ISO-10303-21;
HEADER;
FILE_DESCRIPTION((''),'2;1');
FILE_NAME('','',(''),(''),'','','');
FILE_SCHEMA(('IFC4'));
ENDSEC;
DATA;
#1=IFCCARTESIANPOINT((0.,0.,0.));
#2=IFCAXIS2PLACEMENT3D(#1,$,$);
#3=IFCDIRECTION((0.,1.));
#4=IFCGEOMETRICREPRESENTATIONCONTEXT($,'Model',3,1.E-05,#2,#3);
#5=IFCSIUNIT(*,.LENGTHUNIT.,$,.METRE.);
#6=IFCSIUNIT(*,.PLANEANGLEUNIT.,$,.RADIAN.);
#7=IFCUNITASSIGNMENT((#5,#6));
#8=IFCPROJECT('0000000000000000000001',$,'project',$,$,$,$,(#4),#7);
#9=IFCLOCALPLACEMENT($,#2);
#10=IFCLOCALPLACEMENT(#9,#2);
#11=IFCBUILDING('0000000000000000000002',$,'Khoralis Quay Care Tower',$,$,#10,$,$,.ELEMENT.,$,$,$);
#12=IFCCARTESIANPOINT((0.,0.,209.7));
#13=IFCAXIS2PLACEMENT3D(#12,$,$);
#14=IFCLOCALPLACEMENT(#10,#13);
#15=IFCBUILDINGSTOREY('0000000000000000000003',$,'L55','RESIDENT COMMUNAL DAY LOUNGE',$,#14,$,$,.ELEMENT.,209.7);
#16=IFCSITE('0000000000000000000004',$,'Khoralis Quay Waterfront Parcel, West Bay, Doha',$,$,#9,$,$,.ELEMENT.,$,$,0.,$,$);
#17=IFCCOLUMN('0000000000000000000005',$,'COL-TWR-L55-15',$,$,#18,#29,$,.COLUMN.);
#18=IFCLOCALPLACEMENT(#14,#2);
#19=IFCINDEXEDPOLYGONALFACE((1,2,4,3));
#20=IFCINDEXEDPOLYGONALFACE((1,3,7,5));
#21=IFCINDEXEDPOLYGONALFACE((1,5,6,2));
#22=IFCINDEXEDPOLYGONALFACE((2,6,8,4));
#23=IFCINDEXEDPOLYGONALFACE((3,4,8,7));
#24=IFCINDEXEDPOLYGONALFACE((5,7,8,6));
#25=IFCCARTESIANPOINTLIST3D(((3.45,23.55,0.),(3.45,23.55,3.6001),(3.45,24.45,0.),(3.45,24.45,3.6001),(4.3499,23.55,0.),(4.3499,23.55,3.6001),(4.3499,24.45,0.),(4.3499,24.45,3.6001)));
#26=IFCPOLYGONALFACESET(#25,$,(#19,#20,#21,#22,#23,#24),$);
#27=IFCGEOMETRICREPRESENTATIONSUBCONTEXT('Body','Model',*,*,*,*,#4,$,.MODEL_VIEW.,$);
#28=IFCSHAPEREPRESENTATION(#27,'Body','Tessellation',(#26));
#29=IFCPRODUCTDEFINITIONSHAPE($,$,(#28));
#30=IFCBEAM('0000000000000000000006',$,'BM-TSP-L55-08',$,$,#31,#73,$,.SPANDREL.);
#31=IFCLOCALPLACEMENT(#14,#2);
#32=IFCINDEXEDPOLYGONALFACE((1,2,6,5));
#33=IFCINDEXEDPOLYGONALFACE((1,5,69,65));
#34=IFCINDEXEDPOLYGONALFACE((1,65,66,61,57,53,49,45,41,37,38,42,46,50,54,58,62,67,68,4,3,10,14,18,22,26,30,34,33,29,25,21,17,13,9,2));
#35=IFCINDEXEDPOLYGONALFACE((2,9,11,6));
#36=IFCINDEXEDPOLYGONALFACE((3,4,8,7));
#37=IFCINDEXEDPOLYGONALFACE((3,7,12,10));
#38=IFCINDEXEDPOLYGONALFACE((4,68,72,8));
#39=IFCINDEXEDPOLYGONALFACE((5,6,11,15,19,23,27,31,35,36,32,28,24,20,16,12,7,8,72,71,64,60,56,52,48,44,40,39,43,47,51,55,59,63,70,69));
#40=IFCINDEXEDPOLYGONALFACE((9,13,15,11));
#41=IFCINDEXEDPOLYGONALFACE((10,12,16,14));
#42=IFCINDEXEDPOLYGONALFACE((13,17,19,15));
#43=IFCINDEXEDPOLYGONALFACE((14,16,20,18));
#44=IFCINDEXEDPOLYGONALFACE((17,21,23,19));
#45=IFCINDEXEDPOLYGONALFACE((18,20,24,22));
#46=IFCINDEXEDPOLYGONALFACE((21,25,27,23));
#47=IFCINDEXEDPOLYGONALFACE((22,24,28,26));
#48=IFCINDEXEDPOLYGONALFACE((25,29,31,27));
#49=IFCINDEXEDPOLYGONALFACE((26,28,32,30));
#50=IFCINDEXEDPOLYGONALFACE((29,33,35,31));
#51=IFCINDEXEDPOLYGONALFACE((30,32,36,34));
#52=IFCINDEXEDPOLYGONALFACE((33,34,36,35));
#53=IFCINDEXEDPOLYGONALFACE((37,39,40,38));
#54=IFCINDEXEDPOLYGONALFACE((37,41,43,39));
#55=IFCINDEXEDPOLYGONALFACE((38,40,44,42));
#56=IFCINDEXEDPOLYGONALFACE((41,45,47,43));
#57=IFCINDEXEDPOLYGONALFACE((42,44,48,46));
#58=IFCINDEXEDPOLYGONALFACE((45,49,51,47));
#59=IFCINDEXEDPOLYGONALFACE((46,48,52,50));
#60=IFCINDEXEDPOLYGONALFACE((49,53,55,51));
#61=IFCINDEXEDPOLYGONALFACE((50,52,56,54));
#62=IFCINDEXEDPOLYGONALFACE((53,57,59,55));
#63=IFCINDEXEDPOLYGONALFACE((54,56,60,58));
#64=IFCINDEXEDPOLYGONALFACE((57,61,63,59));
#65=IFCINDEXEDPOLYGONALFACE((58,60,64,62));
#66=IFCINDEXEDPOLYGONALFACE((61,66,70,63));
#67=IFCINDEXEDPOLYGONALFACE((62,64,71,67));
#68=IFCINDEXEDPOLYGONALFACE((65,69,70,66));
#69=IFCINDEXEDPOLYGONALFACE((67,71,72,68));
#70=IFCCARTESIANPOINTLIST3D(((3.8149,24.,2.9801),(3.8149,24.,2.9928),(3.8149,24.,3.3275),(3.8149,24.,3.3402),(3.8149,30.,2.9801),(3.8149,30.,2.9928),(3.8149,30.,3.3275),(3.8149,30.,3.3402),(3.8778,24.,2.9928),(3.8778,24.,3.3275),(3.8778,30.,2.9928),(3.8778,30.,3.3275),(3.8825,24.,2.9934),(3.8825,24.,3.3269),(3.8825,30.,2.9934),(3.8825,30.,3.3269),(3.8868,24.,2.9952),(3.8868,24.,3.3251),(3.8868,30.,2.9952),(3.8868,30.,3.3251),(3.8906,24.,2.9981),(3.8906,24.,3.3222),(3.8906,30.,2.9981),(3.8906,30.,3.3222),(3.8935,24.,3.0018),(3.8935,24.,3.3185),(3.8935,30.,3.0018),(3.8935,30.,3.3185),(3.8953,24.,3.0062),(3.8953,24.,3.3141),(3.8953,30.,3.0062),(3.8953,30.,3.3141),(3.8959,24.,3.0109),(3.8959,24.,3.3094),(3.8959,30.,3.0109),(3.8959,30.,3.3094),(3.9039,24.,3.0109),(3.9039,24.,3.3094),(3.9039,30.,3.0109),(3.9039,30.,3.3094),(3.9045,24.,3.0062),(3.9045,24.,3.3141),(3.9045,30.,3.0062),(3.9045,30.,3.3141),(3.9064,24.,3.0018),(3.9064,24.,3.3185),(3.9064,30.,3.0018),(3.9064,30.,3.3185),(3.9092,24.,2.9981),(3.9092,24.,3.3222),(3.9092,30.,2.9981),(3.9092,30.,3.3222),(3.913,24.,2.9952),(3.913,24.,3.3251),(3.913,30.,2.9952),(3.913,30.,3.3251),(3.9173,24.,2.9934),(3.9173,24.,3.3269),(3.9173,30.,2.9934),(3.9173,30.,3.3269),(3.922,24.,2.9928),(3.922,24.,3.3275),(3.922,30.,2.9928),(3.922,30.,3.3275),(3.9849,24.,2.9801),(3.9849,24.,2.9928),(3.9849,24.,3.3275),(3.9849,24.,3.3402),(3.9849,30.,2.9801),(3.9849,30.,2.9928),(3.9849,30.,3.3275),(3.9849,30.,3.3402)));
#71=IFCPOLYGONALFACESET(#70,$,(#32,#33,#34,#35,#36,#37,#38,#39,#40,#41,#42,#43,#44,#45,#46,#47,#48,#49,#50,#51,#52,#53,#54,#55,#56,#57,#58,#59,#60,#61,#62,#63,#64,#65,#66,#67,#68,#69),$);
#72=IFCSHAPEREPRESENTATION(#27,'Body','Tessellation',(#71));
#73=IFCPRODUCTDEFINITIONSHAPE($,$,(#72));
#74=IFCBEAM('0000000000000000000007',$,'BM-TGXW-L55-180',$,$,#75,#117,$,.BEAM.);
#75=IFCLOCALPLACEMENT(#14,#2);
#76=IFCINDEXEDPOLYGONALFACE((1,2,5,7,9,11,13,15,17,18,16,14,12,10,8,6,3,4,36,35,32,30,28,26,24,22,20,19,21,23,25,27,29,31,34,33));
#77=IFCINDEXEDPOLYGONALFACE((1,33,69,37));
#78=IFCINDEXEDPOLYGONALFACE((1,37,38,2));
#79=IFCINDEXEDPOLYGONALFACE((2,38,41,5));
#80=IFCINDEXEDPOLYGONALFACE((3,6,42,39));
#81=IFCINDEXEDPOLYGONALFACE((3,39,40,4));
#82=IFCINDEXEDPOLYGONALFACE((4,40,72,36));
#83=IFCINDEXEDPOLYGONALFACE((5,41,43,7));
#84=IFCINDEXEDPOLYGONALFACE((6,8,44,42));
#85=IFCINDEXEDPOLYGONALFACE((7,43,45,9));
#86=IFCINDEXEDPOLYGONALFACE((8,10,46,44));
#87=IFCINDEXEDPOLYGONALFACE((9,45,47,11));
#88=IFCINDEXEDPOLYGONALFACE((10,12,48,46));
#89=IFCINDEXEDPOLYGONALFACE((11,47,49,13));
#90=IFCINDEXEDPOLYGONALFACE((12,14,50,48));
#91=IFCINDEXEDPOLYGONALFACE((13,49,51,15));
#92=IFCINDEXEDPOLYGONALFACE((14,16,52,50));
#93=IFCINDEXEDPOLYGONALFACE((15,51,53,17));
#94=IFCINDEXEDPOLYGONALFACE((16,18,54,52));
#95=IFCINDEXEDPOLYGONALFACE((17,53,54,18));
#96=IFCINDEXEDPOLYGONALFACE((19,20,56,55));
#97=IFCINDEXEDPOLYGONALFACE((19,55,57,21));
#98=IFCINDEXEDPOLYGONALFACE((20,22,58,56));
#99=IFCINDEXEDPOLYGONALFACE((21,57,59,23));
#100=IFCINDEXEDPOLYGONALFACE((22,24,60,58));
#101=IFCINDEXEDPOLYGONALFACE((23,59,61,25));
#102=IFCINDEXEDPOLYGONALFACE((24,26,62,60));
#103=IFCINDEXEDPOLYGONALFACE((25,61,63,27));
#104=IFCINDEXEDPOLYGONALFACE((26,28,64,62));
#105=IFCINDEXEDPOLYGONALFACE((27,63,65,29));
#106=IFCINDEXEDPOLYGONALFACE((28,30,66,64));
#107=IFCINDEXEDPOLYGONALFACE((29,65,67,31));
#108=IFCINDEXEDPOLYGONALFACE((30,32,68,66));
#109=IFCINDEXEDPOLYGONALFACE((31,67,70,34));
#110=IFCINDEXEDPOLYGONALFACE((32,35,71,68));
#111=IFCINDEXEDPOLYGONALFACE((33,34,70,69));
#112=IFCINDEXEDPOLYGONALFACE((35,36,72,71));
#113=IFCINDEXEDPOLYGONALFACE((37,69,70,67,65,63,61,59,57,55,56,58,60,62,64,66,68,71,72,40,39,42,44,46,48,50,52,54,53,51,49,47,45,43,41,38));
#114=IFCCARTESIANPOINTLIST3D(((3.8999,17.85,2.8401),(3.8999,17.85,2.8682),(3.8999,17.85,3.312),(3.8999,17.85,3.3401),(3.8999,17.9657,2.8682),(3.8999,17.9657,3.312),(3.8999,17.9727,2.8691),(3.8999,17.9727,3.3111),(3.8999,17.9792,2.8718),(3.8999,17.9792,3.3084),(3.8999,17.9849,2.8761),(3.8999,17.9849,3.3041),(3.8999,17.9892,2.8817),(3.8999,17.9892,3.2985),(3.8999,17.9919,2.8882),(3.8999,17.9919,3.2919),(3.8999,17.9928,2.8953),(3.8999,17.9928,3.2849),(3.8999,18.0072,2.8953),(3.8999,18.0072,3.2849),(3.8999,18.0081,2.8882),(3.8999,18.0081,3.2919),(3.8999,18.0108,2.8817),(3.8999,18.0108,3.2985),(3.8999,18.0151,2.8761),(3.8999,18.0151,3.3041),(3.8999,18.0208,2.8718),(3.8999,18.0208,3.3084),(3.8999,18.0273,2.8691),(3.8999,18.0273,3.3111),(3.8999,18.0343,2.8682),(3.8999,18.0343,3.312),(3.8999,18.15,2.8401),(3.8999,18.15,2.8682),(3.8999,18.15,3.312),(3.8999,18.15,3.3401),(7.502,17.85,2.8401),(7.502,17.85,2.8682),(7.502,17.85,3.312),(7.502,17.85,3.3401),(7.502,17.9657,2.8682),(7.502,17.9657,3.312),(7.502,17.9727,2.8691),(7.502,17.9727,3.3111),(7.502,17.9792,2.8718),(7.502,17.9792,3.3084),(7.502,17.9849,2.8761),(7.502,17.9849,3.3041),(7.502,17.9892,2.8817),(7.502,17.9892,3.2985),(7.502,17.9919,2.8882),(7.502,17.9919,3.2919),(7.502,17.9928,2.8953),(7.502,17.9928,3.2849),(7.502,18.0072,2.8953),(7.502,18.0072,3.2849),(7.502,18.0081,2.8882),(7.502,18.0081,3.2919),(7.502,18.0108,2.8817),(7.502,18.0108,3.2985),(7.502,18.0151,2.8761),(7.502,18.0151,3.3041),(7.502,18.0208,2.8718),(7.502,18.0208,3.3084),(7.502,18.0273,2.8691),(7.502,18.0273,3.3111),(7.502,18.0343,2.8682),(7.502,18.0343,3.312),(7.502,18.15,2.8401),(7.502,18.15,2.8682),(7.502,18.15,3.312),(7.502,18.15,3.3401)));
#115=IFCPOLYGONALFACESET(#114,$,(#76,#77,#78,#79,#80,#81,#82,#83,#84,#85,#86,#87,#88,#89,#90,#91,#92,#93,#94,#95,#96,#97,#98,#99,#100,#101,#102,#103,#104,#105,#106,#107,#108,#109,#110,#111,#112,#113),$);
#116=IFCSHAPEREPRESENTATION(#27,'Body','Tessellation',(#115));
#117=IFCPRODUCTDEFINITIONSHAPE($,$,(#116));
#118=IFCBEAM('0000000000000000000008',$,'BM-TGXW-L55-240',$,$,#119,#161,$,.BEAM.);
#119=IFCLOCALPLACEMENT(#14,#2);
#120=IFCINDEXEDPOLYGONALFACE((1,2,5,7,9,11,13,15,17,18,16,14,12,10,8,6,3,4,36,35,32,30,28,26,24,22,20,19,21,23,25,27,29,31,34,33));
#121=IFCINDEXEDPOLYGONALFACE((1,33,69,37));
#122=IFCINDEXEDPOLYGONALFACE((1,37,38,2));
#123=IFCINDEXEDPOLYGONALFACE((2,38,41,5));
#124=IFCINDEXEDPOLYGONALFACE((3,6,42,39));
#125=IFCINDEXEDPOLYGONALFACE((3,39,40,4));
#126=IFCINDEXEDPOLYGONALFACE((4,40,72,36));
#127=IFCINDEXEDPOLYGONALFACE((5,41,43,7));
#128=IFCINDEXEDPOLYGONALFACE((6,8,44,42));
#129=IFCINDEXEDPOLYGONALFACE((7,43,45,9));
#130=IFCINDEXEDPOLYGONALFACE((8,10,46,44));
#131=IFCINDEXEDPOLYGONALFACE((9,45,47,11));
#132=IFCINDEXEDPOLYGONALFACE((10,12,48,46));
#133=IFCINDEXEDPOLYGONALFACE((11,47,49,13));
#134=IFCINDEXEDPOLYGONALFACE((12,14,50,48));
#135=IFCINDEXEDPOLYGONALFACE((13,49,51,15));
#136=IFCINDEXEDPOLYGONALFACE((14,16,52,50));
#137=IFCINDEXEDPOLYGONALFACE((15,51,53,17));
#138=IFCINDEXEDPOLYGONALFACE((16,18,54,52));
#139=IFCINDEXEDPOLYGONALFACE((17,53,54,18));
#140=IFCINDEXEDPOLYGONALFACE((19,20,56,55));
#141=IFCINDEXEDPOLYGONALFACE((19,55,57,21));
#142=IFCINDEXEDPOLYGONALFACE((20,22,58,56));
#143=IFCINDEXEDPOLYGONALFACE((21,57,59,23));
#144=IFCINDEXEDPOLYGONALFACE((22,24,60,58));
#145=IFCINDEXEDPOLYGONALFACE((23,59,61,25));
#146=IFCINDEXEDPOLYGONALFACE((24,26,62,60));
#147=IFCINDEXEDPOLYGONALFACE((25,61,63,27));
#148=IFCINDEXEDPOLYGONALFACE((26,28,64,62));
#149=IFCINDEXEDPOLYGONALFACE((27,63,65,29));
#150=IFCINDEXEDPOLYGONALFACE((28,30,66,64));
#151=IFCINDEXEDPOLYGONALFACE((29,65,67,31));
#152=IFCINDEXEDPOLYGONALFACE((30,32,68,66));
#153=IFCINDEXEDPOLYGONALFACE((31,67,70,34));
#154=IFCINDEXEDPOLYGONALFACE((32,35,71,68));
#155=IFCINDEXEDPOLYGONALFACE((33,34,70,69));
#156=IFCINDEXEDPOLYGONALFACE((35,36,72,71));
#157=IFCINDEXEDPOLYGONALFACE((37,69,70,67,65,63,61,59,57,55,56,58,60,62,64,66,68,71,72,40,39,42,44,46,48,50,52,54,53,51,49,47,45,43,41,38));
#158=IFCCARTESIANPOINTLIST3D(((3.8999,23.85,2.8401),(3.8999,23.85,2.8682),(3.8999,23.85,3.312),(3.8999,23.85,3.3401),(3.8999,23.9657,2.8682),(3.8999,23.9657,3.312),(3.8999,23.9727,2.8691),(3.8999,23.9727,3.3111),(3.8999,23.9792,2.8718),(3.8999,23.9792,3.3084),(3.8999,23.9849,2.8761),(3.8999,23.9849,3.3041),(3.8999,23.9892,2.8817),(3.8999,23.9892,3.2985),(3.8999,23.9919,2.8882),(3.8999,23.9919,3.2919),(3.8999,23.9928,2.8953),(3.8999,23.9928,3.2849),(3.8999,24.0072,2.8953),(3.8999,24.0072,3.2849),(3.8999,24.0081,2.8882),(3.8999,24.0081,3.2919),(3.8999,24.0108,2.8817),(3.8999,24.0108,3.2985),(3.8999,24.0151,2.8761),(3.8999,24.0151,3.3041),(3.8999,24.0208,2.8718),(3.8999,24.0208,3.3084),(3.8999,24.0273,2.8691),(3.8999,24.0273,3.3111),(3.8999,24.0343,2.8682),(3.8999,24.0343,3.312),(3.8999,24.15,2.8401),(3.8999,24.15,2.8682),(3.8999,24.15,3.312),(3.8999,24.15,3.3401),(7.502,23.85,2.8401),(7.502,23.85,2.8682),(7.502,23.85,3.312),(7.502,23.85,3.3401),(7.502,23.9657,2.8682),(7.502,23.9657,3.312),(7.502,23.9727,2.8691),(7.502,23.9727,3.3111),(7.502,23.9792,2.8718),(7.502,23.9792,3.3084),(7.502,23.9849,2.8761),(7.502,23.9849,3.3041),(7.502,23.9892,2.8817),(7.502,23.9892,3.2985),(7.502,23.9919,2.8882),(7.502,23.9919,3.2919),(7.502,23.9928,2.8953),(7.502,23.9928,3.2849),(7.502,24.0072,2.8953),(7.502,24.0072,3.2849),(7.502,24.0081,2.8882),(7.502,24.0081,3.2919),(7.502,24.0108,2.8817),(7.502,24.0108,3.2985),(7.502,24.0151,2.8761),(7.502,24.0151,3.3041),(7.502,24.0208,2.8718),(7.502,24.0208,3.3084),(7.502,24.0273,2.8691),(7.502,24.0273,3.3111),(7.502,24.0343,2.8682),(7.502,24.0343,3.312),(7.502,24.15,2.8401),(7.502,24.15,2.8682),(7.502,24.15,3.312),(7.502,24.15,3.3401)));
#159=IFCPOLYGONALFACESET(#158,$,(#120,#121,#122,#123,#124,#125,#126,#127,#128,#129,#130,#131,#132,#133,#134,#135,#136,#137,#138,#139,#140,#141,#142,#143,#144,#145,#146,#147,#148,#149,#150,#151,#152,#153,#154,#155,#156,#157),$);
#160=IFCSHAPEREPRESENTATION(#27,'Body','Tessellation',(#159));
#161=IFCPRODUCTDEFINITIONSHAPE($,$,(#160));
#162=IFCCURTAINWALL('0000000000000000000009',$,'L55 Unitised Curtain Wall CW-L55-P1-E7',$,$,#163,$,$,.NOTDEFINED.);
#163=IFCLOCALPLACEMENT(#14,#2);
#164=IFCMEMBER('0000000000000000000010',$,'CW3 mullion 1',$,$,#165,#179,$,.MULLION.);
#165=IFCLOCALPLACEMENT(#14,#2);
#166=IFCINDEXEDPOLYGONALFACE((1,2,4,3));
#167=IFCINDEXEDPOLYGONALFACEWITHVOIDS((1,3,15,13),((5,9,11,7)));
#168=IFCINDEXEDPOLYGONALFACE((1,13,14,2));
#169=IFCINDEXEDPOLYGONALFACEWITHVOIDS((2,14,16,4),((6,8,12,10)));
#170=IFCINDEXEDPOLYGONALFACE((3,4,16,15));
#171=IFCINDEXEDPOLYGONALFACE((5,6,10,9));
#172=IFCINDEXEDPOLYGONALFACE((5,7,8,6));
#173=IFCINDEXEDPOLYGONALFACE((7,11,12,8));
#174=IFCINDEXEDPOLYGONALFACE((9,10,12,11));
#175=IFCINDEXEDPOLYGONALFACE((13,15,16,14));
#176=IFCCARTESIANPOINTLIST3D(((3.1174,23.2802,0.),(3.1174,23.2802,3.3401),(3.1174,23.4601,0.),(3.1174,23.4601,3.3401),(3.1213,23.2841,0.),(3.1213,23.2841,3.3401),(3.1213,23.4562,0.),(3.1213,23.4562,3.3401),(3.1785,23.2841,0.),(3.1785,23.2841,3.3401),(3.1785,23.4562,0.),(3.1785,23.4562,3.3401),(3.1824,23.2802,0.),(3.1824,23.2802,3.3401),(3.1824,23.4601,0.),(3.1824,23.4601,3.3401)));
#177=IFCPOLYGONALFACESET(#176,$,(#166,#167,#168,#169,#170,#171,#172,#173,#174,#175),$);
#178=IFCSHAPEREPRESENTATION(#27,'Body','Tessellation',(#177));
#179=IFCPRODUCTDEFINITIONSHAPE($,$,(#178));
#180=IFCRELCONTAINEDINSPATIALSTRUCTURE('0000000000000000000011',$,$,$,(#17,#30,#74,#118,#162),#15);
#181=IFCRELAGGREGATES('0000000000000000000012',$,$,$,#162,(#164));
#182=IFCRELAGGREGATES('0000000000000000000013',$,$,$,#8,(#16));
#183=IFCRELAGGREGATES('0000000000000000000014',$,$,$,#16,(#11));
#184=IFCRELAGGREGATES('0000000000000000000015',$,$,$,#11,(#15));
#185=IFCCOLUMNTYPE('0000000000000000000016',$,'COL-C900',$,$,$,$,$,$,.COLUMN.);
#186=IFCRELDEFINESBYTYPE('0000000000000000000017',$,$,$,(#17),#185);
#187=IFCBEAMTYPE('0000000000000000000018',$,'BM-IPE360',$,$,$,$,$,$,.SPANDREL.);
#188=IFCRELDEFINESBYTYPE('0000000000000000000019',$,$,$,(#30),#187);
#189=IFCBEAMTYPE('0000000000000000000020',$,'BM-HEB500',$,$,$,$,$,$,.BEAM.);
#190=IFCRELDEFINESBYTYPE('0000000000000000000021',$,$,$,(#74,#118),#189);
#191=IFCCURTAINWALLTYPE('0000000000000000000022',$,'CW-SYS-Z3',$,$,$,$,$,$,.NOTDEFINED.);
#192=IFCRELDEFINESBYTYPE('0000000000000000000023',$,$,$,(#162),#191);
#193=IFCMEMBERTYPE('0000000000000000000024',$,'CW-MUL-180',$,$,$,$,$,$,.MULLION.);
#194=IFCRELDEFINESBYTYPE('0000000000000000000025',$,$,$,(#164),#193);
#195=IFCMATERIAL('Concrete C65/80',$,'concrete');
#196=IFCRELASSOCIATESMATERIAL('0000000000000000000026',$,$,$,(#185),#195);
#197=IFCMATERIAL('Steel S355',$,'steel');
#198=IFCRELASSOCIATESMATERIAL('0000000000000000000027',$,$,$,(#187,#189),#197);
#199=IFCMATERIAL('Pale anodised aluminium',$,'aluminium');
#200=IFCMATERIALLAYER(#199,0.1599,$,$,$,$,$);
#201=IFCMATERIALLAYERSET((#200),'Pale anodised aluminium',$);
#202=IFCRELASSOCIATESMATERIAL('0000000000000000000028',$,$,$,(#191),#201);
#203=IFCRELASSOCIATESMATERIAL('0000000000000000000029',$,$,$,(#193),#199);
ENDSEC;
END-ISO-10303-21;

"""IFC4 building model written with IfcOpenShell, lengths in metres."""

from ifc_helpers import new_model, si_unit, direction, frame, origin, origin_2d, place, context, subcontext, project, spatial, rectangle, hollow_rectangle, i_section, extrude, source, transform, mapped, material, layer, layer_set, material_profile, profile_set, type_object, element, aggregate, save


model = new_model("IFC4")

# Units and contexts
model_context = context("Model", 3, precision=1e-05, world=origin(), true_north=direction((0.0, 1.0)))
body_context = subcontext(model_context, "Body", "Model", "MODEL_VIEW")
ifc_project = project(units=[si_unit("LENGTHUNIT", "METRE"), si_unit("PLANEANGLEUNIT", "RADIAN")], contexts=[model_context])

# Site, building, storey
site_placement = place(None, origin())
site = spatial("IfcSite", under=ifc_project, at=site_placement, Name="Khoralis Quay Waterfront Parcel, West Bay, Doha", CompositionType="ELEMENT", RefElevation=0.0)
building_placement = place(site_placement, origin())
building = spatial("IfcBuilding", under=site, at=building_placement, Name="Khoralis Quay Care Tower", CompositionType="ELEMENT")
storey_placement = place(building_placement, frame((0.0, 0.0, 209.7)))
storey = spatial("IfcBuildingStorey", under=building, at=storey_placement, Name="L55", Description="RESIDENT COMMUNAL DAY LOUNGE", CompositionType="ELEMENT", Elevation=209.7)

# Column
ifc_material_1 = material(Name="Concrete C65/80", Category="concrete")
ifc_material_profile_1 = material_profile(ifc_material_1, rectangle(XDim=0.8999, YDim=0.8999, at=origin_2d()), Name="Concrete C65/80")
ifc_profile_set_1 = profile_set([ifc_material_profile_1], Name="Concrete C65/80")
column_type = type_object("IfcColumnType", Name="COL-C900", PredefinedType="COLUMN", material=ifc_profile_set_1)
shared_shape_1 = source(origin(), body_context, "Body", "SweptSolid", [
    extrude(rectangle(XDim=0.8999, YDim=0.8999, at=origin_2d()), origin(), (0.0, 0.0, 1.0), 3.6001),
])
column_placement = place(storey_placement, frame((3.8999, 24.0, 0.0), z_axis=(0.0, 0.0, 1.0), x_axis=(1.0, 0.0, 0.0)))
element("IfcColumn", 1, at=column_placement, inside=storey, type_object=column_type, Name="COL-TWR-L55-15", PredefinedType="COLUMN", context=body_context, shape_type="MappedRepresentation", body=[
    mapped(shared_shape_1, transform((0.0, 0.0, 0.0), scale=1.0)),
])

# Beams
ifc_material_2 = material(Name="Steel S355", Category="steel")
ifc_material_profile_2 = material_profile(ifc_material_2, i_section(OverallWidth=0.1699, OverallDepth=0.3601, WebThickness=0.0081, FlangeThickness=0.0127, FilletRadius=0.0181, at=origin_2d()), Name="Steel S355")
ifc_profile_set_2 = profile_set([ifc_material_profile_2], Name="Steel S355")
beam_type_1 = type_object("IfcBeamType", Name="BM-IPE360", PredefinedType="SPANDREL", material=ifc_profile_set_2)
shared_shape_2 = source(origin(), body_context, "Body", "SweptSolid", [
    extrude(i_section(OverallWidth=0.1699, OverallDepth=0.3601, WebThickness=0.0081, FlangeThickness=0.0127, FilletRadius=0.0181, at=origin_2d()), origin(), (0.0, 0.0, 1.0), 6.0),
])
beam_placement = place(storey_placement, frame((3.8999, 24.0, 3.1602), z_axis=(0.0, 1.0, 0.0), x_axis=(-1.0, 0.0, 0.0)))
element("IfcBeam", 2, at=beam_placement, inside=storey, type_object=beam_type_1, Name="BM-TSP-L55-08", PredefinedType="SPANDREL", context=body_context, shape_type="MappedRepresentation", body=[
    mapped(shared_shape_2, transform((0.0, 0.0, 0.0), scale=1.0)),
])
ifc_material_profile_3 = material_profile(ifc_material_2, i_section(OverallWidth=0.3, OverallDepth=0.5, WebThickness=0.0144, FlangeThickness=0.0281, FilletRadius=0.0271, at=origin_2d()), Name="Steel S355")
ifc_profile_set_3 = profile_set([ifc_material_profile_3], Name="Steel S355")
beam_type_2 = type_object("IfcBeamType", Name="BM-HEB500", PredefinedType="BEAM", material=ifc_profile_set_3)
shared_shape_3 = source(origin(), body_context, "Body", "SweptSolid", [
    extrude(i_section(OverallWidth=0.3, OverallDepth=0.5, WebThickness=0.0144, FlangeThickness=0.0281, FilletRadius=0.0271, at=origin_2d()), origin(), (0.0, 0.0, 1.0), 3.6021),
])
for number, where, z_axis, x_axis, name in (
    (3, (3.8999, 18.0, 3.0901), (1.0, 0.0, 0.0), (0.0, 1.0, 0.0), "BM-TGXW-L55-180"),
    (4, (3.8999, 24.0, 3.0901), (1.0, 0.0, 0.0), (0.0, 1.0, 0.0), "BM-TGXW-L55-240"),
):
    element("IfcBeam", number, at=place(storey_placement, frame(where, z_axis=z_axis, x_axis=x_axis)), inside=storey, type_object=beam_type_2, Name=name, PredefinedType="BEAM", context=body_context, shape_type="MappedRepresentation", body=[
        mapped(shared_shape_3, transform((0.0, 0.0, 0.0), scale=1.0)),
    ])

# Curtain wall, member
ifc_material_3 = material(Name="Pale anodised aluminium", Category="aluminium")
ifc_layer_1 = layer(ifc_material_3, 0.1599)
ifc_layer_set_1 = layer_set([ifc_layer_1], Name="Pale anodised aluminium")
curtain_wall_type = type_object("IfcCurtainWallType", Name="CW-SYS-Z3", PredefinedType="NOTDEFINED", material=ifc_layer_set_1)
curtain_wall_placement = place(storey_placement, origin())
curtain_wall = element("IfcCurtainWall", 5, at=curtain_wall_placement, inside=storey, type_object=curtain_wall_type, Name="L55 Unitised Curtain Wall CW-L55-P1-E7", PredefinedType="NOTDEFINED")
ifc_material_profile_4 = material_profile(ifc_material_3, hollow_rectangle(XDim=0.0649, YDim=0.1799, WallThickness=0.0039, at=origin_2d()), Name="Pale anodised aluminium")
ifc_profile_set_4 = profile_set([ifc_material_profile_4], Name="Pale anodised aluminium")
member_type_1 = type_object("IfcMemberType", Name="CW-MUL-180", PredefinedType="MULLION", material=ifc_profile_set_4)
shared_shape_4 = source(origin(), body_context, "Body", "SweptSolid", [
    extrude(hollow_rectangle(XDim=0.0649, YDim=0.1799, WallThickness=0.0039, at=origin_2d()), origin(), (0.0, 0.0, 1.0), 3.3401),
])
member_1_placement = place(storey_placement, frame((3.1499, 23.3701, 0.0), z_axis=(0.0, 0.0, 1.0), x_axis=(1.0, 0.0, 0.0)))
member_1 = element("IfcMember", 6, at=member_1_placement, type_object=member_type_1, Name="CW3 mullion 1", PredefinedType="MULLION", context=body_context, shape_type="MappedRepresentation", body=[
    mapped(shared_shape_4, transform((0.0, 0.0, 0.0), scale=1.0)),
])
aggregate(curtain_wall, [member_1])

save(model, "model.ifc")
